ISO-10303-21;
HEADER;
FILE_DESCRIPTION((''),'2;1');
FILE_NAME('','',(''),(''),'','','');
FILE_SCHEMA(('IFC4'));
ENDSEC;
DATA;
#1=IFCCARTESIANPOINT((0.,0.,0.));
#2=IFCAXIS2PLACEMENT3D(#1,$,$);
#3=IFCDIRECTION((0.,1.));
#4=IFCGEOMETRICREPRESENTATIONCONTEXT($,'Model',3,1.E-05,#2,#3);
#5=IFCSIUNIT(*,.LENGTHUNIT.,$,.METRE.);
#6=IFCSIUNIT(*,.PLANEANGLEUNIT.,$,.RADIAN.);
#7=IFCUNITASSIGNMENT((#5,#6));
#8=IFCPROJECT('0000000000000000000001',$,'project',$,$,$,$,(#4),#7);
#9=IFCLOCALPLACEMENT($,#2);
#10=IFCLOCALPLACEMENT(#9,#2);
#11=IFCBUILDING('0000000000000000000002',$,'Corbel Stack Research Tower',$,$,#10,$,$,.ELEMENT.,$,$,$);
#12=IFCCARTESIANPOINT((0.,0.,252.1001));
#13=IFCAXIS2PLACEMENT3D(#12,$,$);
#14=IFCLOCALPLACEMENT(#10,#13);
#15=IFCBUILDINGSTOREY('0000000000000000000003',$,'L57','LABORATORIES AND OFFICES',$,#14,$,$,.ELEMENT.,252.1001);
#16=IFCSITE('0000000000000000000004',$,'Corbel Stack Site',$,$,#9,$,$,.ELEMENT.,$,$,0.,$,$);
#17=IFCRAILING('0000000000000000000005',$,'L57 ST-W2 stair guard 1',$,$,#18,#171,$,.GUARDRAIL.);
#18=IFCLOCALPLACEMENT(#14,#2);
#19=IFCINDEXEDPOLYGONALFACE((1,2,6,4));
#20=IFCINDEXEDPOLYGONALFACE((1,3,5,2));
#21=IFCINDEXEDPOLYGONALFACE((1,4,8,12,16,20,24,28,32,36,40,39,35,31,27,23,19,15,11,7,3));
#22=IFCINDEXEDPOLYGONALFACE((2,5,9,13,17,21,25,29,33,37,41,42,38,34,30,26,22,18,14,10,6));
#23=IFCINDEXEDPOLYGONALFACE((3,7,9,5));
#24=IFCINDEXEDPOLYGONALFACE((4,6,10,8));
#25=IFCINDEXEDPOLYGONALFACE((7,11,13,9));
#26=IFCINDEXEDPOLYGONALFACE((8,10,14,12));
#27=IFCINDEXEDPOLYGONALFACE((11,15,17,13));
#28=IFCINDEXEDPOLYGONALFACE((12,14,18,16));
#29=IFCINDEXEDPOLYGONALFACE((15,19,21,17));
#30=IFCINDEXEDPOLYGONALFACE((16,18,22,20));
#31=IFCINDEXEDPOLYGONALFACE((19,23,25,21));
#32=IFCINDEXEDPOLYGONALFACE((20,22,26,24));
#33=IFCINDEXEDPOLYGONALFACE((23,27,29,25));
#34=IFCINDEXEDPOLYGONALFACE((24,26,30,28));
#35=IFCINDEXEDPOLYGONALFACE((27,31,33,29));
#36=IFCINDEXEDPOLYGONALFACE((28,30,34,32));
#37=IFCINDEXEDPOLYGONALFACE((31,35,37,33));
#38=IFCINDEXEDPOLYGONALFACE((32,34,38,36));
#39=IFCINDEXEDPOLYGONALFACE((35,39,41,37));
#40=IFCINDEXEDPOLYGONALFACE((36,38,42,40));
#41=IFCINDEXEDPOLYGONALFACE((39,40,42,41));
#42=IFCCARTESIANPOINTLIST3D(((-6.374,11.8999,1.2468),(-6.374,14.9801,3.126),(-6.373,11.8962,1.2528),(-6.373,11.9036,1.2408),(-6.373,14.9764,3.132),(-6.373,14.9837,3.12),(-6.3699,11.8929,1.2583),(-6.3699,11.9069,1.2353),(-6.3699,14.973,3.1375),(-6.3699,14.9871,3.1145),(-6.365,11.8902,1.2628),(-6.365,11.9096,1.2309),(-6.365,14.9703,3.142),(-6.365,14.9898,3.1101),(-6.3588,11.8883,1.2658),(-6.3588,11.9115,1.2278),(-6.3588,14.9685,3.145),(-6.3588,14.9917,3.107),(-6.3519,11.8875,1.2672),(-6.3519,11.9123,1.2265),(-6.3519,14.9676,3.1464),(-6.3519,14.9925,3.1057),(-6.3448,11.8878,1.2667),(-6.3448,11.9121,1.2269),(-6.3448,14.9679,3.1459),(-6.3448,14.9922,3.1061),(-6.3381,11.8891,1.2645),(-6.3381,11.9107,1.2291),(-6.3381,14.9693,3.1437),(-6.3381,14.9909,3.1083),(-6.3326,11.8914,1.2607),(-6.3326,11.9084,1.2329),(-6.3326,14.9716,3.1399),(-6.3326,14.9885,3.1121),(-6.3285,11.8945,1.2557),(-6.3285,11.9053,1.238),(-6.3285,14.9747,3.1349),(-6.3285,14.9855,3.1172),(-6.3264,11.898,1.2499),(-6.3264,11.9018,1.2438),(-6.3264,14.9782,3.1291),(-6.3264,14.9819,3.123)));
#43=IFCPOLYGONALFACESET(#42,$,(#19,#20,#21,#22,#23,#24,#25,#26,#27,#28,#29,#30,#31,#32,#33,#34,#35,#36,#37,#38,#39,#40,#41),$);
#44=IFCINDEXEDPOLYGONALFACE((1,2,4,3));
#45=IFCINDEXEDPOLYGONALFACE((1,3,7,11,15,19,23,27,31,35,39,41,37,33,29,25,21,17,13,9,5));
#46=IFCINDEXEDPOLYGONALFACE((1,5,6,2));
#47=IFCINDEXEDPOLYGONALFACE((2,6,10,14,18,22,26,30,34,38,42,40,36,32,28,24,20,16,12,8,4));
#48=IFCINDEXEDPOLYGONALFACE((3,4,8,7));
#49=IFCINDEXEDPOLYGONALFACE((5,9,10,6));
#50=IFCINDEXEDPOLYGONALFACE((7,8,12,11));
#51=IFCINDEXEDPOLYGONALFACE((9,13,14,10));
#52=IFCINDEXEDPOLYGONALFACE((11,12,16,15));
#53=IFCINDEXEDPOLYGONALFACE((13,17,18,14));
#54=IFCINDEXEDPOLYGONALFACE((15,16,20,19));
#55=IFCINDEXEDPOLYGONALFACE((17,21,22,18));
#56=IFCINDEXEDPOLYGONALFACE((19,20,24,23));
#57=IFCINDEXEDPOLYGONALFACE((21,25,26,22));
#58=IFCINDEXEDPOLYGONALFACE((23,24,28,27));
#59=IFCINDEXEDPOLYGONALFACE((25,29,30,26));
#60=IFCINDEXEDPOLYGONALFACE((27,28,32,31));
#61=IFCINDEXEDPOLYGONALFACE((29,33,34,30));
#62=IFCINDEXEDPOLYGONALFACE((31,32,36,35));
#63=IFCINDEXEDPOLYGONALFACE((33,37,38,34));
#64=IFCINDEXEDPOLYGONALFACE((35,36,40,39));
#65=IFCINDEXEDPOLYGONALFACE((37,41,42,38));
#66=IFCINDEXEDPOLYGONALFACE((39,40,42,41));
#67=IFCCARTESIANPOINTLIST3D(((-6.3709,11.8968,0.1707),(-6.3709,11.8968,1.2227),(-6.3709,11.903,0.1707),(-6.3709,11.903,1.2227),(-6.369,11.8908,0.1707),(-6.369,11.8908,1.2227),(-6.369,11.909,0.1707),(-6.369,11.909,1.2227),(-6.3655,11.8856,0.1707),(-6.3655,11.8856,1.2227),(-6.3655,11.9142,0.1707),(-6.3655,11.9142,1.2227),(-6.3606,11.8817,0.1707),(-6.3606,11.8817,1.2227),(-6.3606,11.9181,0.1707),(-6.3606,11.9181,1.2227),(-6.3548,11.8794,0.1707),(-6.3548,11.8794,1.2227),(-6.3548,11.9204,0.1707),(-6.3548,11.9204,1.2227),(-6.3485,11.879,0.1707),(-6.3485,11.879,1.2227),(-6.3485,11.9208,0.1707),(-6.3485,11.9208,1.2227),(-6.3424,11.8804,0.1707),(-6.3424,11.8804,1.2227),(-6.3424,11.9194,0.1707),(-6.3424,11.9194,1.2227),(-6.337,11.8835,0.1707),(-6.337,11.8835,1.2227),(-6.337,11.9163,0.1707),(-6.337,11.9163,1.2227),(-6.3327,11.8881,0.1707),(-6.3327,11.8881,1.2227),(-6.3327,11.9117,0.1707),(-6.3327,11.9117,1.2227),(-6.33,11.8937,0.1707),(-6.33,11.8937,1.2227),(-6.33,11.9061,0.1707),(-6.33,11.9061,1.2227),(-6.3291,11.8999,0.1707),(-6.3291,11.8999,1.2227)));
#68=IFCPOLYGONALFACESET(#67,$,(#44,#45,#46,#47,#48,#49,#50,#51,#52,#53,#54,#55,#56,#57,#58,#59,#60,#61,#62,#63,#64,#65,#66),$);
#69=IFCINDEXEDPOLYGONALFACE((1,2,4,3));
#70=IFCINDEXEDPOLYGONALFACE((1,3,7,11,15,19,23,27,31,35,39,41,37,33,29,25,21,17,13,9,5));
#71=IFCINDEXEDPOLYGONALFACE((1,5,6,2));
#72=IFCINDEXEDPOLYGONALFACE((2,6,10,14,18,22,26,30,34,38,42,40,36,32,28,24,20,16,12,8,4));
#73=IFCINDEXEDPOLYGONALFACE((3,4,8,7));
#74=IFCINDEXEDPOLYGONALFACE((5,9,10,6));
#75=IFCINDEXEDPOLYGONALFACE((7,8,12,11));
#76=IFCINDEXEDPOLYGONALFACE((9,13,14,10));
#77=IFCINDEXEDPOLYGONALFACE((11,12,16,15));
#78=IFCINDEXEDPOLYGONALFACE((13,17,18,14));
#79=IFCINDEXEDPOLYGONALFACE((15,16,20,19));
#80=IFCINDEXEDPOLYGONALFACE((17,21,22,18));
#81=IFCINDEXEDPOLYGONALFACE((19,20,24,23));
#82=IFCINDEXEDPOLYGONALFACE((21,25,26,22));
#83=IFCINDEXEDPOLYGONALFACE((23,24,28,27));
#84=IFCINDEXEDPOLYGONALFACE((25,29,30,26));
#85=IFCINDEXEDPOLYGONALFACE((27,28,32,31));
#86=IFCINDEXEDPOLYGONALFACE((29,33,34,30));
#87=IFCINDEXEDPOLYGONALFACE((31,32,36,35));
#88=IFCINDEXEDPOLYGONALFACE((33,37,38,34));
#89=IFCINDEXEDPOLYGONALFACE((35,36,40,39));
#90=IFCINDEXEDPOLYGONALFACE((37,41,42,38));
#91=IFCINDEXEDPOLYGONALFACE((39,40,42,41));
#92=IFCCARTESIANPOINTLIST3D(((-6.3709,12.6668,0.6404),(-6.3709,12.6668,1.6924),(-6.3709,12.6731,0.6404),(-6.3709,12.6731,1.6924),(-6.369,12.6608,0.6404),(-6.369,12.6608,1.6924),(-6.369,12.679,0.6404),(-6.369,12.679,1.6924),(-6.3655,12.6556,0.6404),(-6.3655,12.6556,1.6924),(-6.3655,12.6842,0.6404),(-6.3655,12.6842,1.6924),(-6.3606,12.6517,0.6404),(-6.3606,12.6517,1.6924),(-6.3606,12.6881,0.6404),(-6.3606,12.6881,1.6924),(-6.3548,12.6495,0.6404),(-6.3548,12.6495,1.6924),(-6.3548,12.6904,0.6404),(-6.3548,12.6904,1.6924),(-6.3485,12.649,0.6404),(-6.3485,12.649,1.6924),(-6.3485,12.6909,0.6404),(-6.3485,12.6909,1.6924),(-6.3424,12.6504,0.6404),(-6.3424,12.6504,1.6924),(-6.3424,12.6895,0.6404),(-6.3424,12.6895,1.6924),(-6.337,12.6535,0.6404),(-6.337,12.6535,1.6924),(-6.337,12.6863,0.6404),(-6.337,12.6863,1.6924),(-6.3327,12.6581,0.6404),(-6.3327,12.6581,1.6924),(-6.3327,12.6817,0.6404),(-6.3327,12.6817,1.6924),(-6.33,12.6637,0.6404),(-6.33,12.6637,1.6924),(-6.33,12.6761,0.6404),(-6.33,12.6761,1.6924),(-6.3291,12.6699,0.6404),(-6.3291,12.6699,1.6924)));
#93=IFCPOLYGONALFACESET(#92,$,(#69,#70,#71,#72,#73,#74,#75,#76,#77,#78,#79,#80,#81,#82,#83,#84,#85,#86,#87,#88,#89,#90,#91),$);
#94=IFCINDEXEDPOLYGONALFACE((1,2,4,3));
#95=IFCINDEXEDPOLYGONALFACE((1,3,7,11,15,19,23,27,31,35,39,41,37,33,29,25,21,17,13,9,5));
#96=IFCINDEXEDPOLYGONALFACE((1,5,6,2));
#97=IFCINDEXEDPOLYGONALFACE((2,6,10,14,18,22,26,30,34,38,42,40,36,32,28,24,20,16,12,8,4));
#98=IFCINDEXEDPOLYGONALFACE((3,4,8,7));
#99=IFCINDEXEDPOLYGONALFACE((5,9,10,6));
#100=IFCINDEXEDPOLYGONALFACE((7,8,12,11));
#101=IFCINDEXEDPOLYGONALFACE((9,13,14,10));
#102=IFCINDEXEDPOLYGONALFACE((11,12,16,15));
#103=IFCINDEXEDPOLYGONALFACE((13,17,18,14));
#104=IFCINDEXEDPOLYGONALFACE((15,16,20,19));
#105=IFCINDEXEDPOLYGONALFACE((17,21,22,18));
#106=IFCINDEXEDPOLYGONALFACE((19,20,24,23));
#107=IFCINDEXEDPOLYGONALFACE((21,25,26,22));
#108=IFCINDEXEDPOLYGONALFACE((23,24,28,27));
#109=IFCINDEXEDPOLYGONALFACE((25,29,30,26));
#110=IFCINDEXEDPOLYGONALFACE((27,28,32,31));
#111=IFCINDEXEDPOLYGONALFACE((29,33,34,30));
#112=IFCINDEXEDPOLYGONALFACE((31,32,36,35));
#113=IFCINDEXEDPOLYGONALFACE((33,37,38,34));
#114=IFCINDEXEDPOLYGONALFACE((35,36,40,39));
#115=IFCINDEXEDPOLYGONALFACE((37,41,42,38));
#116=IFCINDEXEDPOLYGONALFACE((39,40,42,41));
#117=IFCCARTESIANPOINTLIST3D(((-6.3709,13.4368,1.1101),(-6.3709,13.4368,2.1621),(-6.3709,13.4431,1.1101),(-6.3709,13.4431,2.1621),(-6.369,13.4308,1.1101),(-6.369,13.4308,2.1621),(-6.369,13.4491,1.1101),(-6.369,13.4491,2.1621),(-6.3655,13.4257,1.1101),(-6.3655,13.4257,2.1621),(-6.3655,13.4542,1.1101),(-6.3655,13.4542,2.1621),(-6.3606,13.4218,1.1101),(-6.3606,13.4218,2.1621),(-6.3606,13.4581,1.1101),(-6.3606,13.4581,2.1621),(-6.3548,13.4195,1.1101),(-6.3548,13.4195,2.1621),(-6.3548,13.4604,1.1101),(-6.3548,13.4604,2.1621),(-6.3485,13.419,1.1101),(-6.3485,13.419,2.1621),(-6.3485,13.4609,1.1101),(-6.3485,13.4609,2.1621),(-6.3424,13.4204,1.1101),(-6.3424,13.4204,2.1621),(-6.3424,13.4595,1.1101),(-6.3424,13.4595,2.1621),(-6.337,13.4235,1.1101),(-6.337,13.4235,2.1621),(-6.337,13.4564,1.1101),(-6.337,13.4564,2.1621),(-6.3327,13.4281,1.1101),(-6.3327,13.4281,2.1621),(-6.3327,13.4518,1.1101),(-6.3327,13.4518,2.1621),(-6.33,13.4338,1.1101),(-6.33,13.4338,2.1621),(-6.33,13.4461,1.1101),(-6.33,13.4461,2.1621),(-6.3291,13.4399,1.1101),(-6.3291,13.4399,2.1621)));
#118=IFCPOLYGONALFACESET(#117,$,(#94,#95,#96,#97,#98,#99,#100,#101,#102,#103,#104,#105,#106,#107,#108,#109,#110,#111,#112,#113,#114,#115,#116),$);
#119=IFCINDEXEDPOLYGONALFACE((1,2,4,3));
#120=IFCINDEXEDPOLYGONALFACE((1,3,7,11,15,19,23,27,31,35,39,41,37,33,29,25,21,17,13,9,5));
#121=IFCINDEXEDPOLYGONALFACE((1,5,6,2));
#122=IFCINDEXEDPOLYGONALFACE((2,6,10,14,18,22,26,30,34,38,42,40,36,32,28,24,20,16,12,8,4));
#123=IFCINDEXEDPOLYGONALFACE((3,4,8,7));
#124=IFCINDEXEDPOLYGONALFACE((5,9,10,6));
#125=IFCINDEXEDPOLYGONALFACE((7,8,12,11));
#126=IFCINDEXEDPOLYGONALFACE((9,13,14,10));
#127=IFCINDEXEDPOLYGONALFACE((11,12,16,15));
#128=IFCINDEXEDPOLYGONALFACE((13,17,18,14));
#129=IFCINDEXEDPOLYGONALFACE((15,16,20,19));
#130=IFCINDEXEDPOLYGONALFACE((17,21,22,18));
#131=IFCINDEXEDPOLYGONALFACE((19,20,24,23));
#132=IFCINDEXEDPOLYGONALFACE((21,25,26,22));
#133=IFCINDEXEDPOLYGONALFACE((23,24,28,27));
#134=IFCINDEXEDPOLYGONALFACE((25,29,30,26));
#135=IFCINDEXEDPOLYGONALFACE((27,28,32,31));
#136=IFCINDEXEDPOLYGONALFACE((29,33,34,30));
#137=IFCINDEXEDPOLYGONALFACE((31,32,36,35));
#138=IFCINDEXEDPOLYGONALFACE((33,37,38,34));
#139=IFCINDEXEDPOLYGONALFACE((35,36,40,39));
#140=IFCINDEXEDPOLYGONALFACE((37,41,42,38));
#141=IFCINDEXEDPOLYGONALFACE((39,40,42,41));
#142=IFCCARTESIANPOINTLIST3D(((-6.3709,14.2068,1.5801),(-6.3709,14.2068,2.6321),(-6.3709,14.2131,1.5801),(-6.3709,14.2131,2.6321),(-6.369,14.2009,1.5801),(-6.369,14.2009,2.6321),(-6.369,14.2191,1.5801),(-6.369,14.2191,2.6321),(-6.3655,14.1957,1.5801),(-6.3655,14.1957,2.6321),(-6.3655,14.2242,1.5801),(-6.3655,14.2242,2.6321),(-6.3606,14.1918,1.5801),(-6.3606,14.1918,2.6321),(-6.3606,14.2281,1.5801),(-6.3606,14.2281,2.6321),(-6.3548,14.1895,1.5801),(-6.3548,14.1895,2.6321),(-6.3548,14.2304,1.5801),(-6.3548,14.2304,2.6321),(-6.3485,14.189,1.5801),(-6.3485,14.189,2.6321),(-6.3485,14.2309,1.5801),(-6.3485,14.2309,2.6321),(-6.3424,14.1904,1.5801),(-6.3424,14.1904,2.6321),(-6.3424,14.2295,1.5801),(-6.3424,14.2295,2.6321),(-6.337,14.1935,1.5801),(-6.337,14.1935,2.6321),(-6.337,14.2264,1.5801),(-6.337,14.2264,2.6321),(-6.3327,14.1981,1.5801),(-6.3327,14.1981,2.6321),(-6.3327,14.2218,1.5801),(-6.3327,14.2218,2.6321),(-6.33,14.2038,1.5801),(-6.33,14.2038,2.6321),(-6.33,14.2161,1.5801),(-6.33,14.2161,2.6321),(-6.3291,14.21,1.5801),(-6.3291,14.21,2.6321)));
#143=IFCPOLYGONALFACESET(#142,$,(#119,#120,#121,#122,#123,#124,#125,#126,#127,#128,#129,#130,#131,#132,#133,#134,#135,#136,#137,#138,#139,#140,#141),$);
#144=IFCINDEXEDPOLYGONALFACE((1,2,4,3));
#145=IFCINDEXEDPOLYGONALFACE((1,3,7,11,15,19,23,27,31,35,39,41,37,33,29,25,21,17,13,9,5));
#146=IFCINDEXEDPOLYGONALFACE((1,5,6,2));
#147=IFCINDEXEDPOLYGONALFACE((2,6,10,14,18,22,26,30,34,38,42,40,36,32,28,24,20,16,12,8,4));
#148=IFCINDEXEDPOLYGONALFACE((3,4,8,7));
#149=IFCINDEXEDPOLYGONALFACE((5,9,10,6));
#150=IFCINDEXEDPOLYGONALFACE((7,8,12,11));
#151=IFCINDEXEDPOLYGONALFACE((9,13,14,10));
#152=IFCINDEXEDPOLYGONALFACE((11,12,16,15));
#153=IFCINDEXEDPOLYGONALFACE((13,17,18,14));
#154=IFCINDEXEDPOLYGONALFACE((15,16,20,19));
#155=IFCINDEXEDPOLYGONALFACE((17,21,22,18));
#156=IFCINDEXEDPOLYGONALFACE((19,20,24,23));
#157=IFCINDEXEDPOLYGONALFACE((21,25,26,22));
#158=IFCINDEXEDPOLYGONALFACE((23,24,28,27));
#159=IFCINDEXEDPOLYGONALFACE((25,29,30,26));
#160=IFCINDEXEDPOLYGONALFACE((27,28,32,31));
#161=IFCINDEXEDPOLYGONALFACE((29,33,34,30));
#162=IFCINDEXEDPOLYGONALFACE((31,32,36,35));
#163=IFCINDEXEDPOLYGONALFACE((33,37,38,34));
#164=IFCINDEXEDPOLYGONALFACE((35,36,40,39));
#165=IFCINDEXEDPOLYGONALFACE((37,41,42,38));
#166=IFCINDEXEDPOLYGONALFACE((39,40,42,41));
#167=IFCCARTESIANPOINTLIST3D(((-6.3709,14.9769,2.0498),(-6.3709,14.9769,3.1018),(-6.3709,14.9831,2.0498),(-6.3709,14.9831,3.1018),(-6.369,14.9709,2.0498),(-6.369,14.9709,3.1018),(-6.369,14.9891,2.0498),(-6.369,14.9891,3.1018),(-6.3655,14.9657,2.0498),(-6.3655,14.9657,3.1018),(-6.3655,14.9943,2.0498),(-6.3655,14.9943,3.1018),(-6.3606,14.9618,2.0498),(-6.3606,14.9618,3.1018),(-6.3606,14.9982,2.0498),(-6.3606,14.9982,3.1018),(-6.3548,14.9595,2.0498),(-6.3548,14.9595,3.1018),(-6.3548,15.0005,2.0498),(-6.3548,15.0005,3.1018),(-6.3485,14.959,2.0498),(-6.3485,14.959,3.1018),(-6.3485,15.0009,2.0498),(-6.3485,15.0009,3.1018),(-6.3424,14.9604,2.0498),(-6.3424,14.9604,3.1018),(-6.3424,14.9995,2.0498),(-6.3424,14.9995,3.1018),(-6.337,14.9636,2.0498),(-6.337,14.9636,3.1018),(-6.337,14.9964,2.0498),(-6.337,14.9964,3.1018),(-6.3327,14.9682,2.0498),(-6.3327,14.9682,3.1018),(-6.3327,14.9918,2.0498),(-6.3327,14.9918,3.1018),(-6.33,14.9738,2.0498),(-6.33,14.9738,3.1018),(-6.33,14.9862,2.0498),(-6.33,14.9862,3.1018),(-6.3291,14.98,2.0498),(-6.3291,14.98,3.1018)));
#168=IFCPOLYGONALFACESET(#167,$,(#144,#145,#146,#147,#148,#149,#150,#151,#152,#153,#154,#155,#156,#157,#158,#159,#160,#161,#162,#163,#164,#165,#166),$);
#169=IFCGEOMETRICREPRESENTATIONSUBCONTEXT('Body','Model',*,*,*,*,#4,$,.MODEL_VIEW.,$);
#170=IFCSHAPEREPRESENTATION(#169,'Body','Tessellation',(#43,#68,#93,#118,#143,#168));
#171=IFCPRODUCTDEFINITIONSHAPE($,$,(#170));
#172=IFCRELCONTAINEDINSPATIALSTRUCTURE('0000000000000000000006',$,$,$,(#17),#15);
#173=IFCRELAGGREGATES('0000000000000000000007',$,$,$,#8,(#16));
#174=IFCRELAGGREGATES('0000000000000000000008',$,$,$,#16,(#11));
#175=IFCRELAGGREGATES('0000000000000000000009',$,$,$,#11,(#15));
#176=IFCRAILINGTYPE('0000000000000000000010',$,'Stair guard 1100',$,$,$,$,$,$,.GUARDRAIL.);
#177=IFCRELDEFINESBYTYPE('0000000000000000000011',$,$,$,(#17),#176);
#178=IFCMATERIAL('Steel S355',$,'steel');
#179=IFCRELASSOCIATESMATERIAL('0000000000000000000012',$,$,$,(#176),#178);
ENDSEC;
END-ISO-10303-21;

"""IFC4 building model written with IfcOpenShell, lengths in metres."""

from ifc_helpers import new_model, si_unit, direction, frame, origin, origin_2d, place, context, subcontext, project, spatial, circle, extrude, material, type_object, element, save


model = new_model("IFC4")

# Units and contexts
model_context = context("Model", 3, precision=1e-05, world=origin(), true_north=direction((0.0, 1.0)))
body_context = subcontext(model_context, "Body", "Model", "MODEL_VIEW")
ifc_project = project(units=[si_unit("LENGTHUNIT", "METRE"), si_unit("PLANEANGLEUNIT", "RADIAN")], contexts=[model_context])

# Site, building, storey
site_placement = place(None, origin())
site = spatial("IfcSite", under=ifc_project, at=site_placement, Name="Corbel Stack Site", CompositionType="ELEMENT", RefElevation=0.0)
building_placement = place(site_placement, origin())
building = spatial("IfcBuilding", under=site, at=building_placement, Name="Corbel Stack Research Tower", CompositionType="ELEMENT")
storey_placement = place(building_placement, frame((0.0, 0.0, 252.1001)))
storey = spatial("IfcBuildingStorey", under=building, at=storey_placement, Name="L57", Description="LABORATORIES AND OFFICES", CompositionType="ELEMENT", Elevation=252.1001)

# Railing
ifc_material_1 = material(Name="Steel S355", Category="steel")
railing_type_1 = type_object("IfcRailingType", Name="Stair guard 1100", PredefinedType="GUARDRAIL", material=ifc_material_1)
railing_1_placement = place(storey_placement, frame((-6.3501, 11.8999, 0.1707)))
element("IfcRailing", 1, at=railing_1_placement, inside=storey, type_object=railing_type_1, Name="L57 ST-W2 stair guard 1", PredefinedType="GUARDRAIL", context=body_context, shape_type="SweptSolid", body=[
    extrude(circle(Radius=0.0239, at=origin_2d()), frame((0.0, 0.0, 1.0762), z_axis=(0.0, 0.853666, 0.52082), x_axis=(-1.0, 0.0, 0.0)), (0.0, 0.0, 1.0), 3.6082),
    extrude(circle(Radius=0.021, at=origin_2d()), origin(), (0.0, 0.0, 1.0), 1.052),
    extrude(circle(Radius=0.021, at=origin_2d()), frame((0.0, 0.77, 0.4697)), (0.0, 0.0, 1.0), 1.052),
    extrude(circle(Radius=0.021, at=origin_2d()), frame((0.0, 1.54, 0.9395)), (0.0, 0.0, 1.0), 1.052),
    extrude(circle(Radius=0.021, at=origin_2d()), frame((0.0, 2.3101, 1.4094)), (0.0, 0.0, 1.0), 1.052),
    extrude(circle(Radius=0.021, at=origin_2d()), frame((0.0, 3.0801, 1.8792)), (0.0, 0.0, 1.0), 1.052),
])

save(model, "model.ifc")
